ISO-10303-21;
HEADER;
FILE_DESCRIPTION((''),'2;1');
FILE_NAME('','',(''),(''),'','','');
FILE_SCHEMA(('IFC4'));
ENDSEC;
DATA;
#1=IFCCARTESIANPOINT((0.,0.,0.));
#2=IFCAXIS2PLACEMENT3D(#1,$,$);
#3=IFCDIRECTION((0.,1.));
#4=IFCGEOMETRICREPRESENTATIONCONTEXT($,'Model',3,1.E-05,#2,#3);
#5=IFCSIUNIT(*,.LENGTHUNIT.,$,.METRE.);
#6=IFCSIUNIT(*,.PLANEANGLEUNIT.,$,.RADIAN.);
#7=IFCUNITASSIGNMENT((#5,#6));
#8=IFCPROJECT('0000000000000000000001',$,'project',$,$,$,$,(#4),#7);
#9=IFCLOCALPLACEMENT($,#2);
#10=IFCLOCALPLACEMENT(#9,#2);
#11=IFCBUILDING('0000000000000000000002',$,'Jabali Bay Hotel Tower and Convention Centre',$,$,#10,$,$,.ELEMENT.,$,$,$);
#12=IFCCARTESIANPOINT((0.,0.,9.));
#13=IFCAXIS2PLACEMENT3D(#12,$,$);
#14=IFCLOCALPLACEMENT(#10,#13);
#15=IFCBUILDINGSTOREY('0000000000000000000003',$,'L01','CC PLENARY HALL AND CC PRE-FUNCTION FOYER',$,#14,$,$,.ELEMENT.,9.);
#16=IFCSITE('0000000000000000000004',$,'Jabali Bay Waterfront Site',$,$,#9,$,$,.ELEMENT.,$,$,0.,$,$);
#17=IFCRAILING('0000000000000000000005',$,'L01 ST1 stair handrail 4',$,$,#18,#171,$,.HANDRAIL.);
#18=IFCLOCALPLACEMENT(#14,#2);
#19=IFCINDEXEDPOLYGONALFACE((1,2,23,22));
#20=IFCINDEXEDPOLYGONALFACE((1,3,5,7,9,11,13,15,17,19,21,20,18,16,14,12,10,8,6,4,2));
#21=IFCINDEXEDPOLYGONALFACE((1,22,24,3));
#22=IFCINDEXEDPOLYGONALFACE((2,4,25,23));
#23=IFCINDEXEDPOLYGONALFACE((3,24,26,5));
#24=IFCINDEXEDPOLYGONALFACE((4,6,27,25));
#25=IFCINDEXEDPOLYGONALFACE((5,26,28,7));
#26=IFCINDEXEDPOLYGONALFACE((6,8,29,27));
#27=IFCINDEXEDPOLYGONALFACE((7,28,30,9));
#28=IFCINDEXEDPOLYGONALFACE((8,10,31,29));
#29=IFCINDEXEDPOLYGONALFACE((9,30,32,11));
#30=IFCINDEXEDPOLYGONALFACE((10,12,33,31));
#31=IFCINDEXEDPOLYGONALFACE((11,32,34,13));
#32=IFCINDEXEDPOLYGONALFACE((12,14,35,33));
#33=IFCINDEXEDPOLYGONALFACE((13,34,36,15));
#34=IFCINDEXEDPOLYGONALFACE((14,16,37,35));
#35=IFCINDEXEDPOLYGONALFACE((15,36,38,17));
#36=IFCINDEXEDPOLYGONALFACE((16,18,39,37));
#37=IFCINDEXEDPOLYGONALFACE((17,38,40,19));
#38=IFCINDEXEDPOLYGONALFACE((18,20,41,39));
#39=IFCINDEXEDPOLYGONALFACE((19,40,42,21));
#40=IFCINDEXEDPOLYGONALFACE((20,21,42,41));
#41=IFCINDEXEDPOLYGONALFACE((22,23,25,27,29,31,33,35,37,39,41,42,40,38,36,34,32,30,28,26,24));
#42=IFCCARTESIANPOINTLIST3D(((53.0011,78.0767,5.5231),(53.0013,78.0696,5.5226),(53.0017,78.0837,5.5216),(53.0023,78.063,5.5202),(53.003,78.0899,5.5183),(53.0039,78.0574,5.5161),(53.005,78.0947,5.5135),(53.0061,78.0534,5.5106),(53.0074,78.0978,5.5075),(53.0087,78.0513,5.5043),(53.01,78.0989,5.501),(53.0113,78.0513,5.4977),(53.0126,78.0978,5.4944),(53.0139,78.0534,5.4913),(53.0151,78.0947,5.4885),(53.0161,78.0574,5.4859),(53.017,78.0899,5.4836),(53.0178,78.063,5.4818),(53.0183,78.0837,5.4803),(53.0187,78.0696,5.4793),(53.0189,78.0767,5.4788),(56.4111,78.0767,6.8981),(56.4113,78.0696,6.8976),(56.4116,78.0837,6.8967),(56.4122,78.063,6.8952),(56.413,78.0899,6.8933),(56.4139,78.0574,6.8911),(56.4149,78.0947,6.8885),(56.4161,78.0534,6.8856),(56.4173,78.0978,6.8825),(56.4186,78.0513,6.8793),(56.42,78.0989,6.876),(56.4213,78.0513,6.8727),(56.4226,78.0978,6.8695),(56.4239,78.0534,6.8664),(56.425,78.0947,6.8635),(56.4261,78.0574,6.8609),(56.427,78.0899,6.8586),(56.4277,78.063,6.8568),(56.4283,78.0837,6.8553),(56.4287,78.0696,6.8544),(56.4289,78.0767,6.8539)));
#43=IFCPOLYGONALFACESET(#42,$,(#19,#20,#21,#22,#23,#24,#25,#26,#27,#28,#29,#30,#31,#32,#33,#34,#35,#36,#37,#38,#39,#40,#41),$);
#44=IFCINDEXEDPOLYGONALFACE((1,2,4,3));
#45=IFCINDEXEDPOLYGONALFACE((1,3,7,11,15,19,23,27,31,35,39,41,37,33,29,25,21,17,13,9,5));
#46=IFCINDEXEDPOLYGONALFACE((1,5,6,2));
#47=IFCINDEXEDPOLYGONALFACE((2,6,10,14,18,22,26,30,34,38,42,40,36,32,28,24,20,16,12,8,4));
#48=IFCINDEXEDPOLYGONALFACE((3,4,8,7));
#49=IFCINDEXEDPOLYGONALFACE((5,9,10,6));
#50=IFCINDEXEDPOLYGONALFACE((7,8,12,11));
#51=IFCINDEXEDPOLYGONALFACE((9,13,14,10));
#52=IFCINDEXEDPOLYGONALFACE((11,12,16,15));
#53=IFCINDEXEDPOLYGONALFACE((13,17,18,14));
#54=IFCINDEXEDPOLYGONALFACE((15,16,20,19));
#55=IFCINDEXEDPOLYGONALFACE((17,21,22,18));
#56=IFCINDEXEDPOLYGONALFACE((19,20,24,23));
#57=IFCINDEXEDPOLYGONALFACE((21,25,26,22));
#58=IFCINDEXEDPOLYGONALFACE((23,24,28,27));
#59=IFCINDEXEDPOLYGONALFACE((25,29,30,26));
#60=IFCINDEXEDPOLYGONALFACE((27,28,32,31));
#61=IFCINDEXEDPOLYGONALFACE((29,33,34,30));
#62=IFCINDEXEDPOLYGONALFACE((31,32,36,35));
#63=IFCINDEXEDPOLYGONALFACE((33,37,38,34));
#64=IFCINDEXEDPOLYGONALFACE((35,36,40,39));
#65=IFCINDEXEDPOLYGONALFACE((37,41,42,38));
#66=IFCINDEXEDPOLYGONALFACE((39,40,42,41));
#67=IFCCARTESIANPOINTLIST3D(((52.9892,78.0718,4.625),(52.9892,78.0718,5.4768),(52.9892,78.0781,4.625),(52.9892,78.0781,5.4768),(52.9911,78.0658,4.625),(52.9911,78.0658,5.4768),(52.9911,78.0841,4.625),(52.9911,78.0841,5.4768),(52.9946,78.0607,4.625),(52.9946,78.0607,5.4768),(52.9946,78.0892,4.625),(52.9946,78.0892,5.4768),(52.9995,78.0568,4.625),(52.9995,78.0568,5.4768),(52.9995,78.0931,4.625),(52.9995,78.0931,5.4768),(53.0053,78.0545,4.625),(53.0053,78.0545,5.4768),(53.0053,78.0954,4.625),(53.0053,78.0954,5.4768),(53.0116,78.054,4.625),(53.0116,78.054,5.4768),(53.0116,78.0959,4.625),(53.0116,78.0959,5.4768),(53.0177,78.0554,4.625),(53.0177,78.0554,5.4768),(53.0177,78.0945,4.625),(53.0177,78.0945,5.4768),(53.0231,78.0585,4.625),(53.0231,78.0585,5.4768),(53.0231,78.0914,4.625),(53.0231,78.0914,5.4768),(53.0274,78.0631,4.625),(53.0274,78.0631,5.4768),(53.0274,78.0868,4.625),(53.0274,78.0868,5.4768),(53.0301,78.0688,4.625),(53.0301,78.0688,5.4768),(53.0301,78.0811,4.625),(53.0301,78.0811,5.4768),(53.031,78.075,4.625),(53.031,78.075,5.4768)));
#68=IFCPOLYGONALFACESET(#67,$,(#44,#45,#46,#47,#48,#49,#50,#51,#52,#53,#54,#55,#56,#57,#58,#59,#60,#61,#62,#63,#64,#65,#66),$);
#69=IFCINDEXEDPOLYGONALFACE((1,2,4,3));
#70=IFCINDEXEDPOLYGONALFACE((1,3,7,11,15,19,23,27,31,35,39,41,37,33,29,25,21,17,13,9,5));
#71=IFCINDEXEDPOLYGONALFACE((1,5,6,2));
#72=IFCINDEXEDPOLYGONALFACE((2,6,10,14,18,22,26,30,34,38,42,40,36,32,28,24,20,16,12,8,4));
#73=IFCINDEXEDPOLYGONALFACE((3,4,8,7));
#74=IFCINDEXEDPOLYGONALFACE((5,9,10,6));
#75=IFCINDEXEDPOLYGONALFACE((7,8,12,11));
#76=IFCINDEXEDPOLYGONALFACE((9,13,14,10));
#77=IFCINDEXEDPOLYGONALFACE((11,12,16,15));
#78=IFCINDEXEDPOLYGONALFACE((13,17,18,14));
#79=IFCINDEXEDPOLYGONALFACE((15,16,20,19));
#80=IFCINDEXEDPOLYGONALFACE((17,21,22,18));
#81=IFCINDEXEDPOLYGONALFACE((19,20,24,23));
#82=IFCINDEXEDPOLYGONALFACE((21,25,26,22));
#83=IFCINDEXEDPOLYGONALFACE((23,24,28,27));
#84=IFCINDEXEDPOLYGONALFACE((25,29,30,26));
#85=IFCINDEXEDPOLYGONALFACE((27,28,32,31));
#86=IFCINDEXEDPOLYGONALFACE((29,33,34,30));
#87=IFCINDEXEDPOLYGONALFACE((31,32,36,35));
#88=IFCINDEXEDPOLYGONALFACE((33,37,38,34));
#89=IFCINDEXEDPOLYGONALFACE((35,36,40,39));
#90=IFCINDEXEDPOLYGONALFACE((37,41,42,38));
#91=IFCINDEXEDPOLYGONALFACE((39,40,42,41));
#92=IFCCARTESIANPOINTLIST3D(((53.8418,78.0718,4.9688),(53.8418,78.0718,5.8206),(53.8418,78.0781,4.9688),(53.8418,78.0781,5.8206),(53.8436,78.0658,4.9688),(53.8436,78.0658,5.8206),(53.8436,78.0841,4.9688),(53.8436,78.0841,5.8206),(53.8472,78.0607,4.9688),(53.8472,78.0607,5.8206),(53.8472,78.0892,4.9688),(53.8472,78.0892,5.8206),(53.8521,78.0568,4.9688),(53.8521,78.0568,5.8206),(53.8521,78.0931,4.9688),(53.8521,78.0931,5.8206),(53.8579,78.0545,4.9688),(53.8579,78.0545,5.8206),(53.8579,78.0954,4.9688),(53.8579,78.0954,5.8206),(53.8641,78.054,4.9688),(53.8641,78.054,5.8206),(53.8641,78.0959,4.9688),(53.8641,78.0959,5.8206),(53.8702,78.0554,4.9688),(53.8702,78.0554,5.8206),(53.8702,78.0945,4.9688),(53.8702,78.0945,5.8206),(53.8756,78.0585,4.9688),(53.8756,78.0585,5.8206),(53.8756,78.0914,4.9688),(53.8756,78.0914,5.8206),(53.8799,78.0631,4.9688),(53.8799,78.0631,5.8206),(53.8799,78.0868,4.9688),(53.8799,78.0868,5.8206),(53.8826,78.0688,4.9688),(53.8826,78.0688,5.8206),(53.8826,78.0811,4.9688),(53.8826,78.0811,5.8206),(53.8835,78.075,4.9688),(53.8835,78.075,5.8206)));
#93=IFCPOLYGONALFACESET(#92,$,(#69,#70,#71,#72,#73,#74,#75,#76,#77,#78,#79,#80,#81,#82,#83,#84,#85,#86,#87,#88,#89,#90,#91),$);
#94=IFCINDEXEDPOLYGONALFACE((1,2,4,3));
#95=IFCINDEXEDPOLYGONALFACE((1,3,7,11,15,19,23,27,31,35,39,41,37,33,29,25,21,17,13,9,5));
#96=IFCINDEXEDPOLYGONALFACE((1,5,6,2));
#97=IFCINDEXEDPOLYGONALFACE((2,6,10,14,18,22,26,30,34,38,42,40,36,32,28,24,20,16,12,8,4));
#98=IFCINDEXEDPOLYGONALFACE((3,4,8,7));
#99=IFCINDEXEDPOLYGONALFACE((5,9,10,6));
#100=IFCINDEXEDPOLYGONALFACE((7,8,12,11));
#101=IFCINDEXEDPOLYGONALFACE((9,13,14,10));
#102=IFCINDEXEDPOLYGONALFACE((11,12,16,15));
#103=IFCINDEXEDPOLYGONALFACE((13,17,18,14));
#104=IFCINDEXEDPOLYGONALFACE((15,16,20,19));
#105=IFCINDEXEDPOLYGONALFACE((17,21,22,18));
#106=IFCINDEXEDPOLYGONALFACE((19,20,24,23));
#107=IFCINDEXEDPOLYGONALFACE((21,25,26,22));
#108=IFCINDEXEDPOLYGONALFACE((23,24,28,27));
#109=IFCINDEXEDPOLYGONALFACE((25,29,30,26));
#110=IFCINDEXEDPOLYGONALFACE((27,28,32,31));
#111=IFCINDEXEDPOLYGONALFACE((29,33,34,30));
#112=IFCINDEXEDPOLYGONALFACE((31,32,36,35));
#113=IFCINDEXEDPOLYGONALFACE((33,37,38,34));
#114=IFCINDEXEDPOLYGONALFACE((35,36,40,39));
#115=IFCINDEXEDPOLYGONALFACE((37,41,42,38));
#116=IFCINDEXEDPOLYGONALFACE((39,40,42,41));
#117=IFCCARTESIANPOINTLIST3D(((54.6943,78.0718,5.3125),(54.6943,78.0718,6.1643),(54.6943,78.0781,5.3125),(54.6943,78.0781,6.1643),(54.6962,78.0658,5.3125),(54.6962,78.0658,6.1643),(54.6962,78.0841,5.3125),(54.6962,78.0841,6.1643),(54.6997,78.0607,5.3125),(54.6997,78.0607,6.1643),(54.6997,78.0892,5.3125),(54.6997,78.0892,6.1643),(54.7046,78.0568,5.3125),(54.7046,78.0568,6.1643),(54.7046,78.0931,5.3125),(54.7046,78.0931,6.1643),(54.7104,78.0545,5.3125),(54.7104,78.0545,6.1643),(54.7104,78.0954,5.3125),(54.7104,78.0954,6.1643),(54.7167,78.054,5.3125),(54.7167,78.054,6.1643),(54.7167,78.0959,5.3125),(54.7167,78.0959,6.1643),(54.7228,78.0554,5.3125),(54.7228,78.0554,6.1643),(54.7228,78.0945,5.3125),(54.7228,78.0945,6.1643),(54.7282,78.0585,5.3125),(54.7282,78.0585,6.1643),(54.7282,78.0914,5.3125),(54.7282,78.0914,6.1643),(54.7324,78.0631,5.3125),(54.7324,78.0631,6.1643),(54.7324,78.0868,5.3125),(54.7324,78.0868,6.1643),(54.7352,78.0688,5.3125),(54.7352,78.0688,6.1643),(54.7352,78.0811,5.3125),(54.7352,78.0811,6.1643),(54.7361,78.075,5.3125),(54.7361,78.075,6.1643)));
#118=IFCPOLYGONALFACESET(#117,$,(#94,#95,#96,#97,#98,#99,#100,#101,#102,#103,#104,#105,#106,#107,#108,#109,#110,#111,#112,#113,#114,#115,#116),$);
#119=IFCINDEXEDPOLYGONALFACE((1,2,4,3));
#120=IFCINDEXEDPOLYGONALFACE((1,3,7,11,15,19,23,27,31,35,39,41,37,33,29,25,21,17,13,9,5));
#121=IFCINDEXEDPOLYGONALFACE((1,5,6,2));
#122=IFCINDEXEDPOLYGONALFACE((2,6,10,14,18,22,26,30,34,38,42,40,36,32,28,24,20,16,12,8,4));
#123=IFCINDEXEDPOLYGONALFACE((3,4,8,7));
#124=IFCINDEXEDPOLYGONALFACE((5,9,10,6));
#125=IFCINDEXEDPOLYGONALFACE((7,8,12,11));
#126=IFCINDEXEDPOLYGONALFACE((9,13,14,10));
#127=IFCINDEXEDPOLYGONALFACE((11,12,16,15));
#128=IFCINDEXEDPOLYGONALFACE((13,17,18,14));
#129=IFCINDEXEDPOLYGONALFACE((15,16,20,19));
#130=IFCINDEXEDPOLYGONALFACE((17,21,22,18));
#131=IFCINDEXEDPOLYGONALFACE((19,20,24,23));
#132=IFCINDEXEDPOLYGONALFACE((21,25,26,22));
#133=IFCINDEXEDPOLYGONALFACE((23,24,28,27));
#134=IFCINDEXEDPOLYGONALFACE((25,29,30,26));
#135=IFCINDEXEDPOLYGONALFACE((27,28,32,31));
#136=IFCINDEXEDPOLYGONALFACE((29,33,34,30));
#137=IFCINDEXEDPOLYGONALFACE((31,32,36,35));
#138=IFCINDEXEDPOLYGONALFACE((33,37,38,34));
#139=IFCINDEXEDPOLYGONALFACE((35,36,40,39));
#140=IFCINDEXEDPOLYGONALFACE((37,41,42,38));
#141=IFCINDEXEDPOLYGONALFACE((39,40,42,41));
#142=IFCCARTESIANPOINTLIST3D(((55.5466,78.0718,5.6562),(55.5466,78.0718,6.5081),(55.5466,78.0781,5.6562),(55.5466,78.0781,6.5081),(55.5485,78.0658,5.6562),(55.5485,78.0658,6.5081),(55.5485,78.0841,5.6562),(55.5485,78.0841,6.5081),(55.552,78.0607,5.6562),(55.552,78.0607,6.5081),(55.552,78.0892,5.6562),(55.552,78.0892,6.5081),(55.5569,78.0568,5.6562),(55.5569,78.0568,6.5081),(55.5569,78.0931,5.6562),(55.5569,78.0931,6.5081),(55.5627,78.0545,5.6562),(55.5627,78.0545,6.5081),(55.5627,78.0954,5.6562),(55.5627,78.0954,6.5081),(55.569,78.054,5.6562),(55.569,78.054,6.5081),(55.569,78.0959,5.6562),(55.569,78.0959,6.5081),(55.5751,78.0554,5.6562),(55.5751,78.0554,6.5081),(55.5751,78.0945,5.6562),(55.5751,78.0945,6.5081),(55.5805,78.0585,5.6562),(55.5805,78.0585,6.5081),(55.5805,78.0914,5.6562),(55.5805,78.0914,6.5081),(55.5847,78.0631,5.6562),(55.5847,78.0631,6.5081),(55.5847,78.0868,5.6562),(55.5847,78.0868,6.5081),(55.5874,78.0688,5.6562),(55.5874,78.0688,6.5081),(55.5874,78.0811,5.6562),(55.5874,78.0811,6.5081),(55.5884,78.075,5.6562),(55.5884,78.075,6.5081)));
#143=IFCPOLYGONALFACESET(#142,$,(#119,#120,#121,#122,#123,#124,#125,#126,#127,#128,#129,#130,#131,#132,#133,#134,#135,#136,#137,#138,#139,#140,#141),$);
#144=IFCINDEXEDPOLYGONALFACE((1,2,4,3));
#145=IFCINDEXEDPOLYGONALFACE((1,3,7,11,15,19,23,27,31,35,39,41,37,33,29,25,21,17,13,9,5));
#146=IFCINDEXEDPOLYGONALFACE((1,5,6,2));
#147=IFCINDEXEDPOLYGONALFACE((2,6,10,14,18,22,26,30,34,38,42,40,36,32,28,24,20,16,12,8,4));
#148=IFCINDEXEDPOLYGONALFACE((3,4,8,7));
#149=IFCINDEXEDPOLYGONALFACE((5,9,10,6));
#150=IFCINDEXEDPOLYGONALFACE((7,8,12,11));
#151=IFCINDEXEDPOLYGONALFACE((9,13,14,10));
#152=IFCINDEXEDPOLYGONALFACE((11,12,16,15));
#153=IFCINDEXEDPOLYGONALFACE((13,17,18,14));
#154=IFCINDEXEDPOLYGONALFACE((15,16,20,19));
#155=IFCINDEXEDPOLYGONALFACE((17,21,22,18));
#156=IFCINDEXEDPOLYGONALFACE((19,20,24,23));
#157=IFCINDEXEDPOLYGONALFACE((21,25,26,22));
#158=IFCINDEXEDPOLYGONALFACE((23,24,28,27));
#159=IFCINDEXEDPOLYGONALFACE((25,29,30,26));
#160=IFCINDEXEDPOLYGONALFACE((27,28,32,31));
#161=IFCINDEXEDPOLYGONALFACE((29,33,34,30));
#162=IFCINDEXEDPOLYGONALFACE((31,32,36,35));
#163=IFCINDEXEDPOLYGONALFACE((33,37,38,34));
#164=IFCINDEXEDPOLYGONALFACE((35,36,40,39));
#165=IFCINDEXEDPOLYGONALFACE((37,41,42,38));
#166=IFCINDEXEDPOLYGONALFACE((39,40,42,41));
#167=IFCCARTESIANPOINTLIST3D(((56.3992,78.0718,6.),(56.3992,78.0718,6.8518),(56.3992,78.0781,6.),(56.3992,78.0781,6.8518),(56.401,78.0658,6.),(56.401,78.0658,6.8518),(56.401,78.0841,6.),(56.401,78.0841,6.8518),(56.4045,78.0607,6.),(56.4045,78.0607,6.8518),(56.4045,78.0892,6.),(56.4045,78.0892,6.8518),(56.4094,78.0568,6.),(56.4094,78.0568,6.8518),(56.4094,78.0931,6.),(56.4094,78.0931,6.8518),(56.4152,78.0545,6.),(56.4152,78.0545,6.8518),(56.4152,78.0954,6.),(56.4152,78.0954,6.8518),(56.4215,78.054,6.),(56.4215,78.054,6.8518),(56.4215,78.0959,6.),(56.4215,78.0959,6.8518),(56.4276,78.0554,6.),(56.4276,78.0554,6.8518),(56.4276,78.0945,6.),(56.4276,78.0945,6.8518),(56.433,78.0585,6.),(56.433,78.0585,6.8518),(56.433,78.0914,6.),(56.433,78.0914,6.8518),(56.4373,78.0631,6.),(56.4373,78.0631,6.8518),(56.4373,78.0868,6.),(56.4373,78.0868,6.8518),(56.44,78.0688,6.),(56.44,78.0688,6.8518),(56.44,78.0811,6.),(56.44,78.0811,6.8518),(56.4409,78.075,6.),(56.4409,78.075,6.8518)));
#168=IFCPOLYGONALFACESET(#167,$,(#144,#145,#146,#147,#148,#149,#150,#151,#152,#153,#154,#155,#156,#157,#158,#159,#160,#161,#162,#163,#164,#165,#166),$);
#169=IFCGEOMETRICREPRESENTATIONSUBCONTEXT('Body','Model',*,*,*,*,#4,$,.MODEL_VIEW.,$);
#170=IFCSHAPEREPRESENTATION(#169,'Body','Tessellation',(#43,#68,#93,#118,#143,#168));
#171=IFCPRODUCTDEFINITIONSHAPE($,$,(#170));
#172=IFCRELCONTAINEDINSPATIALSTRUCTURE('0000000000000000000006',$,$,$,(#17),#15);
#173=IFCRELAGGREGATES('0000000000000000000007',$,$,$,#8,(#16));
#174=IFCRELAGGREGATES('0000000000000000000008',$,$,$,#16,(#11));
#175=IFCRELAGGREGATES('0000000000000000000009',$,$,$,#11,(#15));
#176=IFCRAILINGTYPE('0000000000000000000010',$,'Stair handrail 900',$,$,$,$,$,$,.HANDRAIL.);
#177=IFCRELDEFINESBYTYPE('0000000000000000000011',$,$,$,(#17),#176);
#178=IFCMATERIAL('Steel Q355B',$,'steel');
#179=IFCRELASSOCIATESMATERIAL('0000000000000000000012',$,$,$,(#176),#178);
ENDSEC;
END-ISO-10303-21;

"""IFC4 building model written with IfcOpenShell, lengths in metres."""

from ifc_helpers import new_model, si_unit, direction, frame, origin, origin_2d, place, context, subcontext, project, spatial, circle, extrude, material, type_object, element, save


model = new_model("IFC4")

# Units and contexts
model_context = context("Model", 3, precision=1e-05, world=origin(), true_north=direction((0.0, 1.0)))
body_context = subcontext(model_context, "Body", "Model", "MODEL_VIEW")
ifc_project = project(units=[si_unit("LENGTHUNIT", "METRE"), si_unit("PLANEANGLEUNIT", "RADIAN")], contexts=[model_context])

# Site, building, storey
site_placement = place(None, origin())
site = spatial("IfcSite", under=ifc_project, at=site_placement, Name="Jabali Bay Waterfront Site", CompositionType="ELEMENT", RefElevation=0.0)
building_placement = place(site_placement, origin())
building = spatial("IfcBuilding", under=site, at=building_placement, Name="Jabali Bay Hotel Tower and Convention Centre", CompositionType="ELEMENT")
storey_placement = place(building_placement, frame((0.0, 0.0, 9.0)))
storey = spatial("IfcBuildingStorey", under=building, at=storey_placement, Name="L01", Description="CC PLENARY HALL AND CC PRE-FUNCTION FOYER", CompositionType="ELEMENT", Elevation=9.0)

# Railing
ifc_material_1 = material(Name="Steel Q355B", Category="steel")
railing_type_1 = type_object("IfcRailingType", Name="Stair handrail 900", PredefinedType="HANDRAIL", material=ifc_material_1)
railing_1_placement = place(storey_placement, frame((53.01, 78.075, 4.625)))
element("IfcRailing", 1, at=railing_1_placement, inside=storey, type_object=railing_type_1, Name="L01 ST1 stair handrail 4", PredefinedType="HANDRAIL", context=body_context, shape_type="SweptSolid", body=[
    extrude(circle(Radius=0.0239, at=origin_2d()), frame((0.0, 0.0, 0.876), z_axis=(0.927438, 0.0, 0.373977), x_axis=(0.0, 1.0, 0.0)), (0.0, 0.0, 1.0), 3.6768),
    extrude(circle(Radius=0.021, at=origin_2d()), origin(), (0.0, 0.0, 1.0), 0.8518),
    extrude(circle(Radius=0.021, at=origin_2d()), frame((0.8525, 0.0, 0.3438)), (0.0, 0.0, 1.0), 0.8518),
    extrude(circle(Radius=0.021, at=origin_2d()), frame((1.7051, 0.0, 0.6875)), (0.0, 0.0, 1.0), 0.8518),
    extrude(circle(Radius=0.021, at=origin_2d()), frame((2.5574, 0.0, 1.0312)), (0.0, 0.0, 1.0), 0.8518),
    extrude(circle(Radius=0.021, at=origin_2d()), frame((3.4099, 0.0, 1.375)), (0.0, 0.0, 1.0), 0.8518),
])

save(model, "model.ifc")
